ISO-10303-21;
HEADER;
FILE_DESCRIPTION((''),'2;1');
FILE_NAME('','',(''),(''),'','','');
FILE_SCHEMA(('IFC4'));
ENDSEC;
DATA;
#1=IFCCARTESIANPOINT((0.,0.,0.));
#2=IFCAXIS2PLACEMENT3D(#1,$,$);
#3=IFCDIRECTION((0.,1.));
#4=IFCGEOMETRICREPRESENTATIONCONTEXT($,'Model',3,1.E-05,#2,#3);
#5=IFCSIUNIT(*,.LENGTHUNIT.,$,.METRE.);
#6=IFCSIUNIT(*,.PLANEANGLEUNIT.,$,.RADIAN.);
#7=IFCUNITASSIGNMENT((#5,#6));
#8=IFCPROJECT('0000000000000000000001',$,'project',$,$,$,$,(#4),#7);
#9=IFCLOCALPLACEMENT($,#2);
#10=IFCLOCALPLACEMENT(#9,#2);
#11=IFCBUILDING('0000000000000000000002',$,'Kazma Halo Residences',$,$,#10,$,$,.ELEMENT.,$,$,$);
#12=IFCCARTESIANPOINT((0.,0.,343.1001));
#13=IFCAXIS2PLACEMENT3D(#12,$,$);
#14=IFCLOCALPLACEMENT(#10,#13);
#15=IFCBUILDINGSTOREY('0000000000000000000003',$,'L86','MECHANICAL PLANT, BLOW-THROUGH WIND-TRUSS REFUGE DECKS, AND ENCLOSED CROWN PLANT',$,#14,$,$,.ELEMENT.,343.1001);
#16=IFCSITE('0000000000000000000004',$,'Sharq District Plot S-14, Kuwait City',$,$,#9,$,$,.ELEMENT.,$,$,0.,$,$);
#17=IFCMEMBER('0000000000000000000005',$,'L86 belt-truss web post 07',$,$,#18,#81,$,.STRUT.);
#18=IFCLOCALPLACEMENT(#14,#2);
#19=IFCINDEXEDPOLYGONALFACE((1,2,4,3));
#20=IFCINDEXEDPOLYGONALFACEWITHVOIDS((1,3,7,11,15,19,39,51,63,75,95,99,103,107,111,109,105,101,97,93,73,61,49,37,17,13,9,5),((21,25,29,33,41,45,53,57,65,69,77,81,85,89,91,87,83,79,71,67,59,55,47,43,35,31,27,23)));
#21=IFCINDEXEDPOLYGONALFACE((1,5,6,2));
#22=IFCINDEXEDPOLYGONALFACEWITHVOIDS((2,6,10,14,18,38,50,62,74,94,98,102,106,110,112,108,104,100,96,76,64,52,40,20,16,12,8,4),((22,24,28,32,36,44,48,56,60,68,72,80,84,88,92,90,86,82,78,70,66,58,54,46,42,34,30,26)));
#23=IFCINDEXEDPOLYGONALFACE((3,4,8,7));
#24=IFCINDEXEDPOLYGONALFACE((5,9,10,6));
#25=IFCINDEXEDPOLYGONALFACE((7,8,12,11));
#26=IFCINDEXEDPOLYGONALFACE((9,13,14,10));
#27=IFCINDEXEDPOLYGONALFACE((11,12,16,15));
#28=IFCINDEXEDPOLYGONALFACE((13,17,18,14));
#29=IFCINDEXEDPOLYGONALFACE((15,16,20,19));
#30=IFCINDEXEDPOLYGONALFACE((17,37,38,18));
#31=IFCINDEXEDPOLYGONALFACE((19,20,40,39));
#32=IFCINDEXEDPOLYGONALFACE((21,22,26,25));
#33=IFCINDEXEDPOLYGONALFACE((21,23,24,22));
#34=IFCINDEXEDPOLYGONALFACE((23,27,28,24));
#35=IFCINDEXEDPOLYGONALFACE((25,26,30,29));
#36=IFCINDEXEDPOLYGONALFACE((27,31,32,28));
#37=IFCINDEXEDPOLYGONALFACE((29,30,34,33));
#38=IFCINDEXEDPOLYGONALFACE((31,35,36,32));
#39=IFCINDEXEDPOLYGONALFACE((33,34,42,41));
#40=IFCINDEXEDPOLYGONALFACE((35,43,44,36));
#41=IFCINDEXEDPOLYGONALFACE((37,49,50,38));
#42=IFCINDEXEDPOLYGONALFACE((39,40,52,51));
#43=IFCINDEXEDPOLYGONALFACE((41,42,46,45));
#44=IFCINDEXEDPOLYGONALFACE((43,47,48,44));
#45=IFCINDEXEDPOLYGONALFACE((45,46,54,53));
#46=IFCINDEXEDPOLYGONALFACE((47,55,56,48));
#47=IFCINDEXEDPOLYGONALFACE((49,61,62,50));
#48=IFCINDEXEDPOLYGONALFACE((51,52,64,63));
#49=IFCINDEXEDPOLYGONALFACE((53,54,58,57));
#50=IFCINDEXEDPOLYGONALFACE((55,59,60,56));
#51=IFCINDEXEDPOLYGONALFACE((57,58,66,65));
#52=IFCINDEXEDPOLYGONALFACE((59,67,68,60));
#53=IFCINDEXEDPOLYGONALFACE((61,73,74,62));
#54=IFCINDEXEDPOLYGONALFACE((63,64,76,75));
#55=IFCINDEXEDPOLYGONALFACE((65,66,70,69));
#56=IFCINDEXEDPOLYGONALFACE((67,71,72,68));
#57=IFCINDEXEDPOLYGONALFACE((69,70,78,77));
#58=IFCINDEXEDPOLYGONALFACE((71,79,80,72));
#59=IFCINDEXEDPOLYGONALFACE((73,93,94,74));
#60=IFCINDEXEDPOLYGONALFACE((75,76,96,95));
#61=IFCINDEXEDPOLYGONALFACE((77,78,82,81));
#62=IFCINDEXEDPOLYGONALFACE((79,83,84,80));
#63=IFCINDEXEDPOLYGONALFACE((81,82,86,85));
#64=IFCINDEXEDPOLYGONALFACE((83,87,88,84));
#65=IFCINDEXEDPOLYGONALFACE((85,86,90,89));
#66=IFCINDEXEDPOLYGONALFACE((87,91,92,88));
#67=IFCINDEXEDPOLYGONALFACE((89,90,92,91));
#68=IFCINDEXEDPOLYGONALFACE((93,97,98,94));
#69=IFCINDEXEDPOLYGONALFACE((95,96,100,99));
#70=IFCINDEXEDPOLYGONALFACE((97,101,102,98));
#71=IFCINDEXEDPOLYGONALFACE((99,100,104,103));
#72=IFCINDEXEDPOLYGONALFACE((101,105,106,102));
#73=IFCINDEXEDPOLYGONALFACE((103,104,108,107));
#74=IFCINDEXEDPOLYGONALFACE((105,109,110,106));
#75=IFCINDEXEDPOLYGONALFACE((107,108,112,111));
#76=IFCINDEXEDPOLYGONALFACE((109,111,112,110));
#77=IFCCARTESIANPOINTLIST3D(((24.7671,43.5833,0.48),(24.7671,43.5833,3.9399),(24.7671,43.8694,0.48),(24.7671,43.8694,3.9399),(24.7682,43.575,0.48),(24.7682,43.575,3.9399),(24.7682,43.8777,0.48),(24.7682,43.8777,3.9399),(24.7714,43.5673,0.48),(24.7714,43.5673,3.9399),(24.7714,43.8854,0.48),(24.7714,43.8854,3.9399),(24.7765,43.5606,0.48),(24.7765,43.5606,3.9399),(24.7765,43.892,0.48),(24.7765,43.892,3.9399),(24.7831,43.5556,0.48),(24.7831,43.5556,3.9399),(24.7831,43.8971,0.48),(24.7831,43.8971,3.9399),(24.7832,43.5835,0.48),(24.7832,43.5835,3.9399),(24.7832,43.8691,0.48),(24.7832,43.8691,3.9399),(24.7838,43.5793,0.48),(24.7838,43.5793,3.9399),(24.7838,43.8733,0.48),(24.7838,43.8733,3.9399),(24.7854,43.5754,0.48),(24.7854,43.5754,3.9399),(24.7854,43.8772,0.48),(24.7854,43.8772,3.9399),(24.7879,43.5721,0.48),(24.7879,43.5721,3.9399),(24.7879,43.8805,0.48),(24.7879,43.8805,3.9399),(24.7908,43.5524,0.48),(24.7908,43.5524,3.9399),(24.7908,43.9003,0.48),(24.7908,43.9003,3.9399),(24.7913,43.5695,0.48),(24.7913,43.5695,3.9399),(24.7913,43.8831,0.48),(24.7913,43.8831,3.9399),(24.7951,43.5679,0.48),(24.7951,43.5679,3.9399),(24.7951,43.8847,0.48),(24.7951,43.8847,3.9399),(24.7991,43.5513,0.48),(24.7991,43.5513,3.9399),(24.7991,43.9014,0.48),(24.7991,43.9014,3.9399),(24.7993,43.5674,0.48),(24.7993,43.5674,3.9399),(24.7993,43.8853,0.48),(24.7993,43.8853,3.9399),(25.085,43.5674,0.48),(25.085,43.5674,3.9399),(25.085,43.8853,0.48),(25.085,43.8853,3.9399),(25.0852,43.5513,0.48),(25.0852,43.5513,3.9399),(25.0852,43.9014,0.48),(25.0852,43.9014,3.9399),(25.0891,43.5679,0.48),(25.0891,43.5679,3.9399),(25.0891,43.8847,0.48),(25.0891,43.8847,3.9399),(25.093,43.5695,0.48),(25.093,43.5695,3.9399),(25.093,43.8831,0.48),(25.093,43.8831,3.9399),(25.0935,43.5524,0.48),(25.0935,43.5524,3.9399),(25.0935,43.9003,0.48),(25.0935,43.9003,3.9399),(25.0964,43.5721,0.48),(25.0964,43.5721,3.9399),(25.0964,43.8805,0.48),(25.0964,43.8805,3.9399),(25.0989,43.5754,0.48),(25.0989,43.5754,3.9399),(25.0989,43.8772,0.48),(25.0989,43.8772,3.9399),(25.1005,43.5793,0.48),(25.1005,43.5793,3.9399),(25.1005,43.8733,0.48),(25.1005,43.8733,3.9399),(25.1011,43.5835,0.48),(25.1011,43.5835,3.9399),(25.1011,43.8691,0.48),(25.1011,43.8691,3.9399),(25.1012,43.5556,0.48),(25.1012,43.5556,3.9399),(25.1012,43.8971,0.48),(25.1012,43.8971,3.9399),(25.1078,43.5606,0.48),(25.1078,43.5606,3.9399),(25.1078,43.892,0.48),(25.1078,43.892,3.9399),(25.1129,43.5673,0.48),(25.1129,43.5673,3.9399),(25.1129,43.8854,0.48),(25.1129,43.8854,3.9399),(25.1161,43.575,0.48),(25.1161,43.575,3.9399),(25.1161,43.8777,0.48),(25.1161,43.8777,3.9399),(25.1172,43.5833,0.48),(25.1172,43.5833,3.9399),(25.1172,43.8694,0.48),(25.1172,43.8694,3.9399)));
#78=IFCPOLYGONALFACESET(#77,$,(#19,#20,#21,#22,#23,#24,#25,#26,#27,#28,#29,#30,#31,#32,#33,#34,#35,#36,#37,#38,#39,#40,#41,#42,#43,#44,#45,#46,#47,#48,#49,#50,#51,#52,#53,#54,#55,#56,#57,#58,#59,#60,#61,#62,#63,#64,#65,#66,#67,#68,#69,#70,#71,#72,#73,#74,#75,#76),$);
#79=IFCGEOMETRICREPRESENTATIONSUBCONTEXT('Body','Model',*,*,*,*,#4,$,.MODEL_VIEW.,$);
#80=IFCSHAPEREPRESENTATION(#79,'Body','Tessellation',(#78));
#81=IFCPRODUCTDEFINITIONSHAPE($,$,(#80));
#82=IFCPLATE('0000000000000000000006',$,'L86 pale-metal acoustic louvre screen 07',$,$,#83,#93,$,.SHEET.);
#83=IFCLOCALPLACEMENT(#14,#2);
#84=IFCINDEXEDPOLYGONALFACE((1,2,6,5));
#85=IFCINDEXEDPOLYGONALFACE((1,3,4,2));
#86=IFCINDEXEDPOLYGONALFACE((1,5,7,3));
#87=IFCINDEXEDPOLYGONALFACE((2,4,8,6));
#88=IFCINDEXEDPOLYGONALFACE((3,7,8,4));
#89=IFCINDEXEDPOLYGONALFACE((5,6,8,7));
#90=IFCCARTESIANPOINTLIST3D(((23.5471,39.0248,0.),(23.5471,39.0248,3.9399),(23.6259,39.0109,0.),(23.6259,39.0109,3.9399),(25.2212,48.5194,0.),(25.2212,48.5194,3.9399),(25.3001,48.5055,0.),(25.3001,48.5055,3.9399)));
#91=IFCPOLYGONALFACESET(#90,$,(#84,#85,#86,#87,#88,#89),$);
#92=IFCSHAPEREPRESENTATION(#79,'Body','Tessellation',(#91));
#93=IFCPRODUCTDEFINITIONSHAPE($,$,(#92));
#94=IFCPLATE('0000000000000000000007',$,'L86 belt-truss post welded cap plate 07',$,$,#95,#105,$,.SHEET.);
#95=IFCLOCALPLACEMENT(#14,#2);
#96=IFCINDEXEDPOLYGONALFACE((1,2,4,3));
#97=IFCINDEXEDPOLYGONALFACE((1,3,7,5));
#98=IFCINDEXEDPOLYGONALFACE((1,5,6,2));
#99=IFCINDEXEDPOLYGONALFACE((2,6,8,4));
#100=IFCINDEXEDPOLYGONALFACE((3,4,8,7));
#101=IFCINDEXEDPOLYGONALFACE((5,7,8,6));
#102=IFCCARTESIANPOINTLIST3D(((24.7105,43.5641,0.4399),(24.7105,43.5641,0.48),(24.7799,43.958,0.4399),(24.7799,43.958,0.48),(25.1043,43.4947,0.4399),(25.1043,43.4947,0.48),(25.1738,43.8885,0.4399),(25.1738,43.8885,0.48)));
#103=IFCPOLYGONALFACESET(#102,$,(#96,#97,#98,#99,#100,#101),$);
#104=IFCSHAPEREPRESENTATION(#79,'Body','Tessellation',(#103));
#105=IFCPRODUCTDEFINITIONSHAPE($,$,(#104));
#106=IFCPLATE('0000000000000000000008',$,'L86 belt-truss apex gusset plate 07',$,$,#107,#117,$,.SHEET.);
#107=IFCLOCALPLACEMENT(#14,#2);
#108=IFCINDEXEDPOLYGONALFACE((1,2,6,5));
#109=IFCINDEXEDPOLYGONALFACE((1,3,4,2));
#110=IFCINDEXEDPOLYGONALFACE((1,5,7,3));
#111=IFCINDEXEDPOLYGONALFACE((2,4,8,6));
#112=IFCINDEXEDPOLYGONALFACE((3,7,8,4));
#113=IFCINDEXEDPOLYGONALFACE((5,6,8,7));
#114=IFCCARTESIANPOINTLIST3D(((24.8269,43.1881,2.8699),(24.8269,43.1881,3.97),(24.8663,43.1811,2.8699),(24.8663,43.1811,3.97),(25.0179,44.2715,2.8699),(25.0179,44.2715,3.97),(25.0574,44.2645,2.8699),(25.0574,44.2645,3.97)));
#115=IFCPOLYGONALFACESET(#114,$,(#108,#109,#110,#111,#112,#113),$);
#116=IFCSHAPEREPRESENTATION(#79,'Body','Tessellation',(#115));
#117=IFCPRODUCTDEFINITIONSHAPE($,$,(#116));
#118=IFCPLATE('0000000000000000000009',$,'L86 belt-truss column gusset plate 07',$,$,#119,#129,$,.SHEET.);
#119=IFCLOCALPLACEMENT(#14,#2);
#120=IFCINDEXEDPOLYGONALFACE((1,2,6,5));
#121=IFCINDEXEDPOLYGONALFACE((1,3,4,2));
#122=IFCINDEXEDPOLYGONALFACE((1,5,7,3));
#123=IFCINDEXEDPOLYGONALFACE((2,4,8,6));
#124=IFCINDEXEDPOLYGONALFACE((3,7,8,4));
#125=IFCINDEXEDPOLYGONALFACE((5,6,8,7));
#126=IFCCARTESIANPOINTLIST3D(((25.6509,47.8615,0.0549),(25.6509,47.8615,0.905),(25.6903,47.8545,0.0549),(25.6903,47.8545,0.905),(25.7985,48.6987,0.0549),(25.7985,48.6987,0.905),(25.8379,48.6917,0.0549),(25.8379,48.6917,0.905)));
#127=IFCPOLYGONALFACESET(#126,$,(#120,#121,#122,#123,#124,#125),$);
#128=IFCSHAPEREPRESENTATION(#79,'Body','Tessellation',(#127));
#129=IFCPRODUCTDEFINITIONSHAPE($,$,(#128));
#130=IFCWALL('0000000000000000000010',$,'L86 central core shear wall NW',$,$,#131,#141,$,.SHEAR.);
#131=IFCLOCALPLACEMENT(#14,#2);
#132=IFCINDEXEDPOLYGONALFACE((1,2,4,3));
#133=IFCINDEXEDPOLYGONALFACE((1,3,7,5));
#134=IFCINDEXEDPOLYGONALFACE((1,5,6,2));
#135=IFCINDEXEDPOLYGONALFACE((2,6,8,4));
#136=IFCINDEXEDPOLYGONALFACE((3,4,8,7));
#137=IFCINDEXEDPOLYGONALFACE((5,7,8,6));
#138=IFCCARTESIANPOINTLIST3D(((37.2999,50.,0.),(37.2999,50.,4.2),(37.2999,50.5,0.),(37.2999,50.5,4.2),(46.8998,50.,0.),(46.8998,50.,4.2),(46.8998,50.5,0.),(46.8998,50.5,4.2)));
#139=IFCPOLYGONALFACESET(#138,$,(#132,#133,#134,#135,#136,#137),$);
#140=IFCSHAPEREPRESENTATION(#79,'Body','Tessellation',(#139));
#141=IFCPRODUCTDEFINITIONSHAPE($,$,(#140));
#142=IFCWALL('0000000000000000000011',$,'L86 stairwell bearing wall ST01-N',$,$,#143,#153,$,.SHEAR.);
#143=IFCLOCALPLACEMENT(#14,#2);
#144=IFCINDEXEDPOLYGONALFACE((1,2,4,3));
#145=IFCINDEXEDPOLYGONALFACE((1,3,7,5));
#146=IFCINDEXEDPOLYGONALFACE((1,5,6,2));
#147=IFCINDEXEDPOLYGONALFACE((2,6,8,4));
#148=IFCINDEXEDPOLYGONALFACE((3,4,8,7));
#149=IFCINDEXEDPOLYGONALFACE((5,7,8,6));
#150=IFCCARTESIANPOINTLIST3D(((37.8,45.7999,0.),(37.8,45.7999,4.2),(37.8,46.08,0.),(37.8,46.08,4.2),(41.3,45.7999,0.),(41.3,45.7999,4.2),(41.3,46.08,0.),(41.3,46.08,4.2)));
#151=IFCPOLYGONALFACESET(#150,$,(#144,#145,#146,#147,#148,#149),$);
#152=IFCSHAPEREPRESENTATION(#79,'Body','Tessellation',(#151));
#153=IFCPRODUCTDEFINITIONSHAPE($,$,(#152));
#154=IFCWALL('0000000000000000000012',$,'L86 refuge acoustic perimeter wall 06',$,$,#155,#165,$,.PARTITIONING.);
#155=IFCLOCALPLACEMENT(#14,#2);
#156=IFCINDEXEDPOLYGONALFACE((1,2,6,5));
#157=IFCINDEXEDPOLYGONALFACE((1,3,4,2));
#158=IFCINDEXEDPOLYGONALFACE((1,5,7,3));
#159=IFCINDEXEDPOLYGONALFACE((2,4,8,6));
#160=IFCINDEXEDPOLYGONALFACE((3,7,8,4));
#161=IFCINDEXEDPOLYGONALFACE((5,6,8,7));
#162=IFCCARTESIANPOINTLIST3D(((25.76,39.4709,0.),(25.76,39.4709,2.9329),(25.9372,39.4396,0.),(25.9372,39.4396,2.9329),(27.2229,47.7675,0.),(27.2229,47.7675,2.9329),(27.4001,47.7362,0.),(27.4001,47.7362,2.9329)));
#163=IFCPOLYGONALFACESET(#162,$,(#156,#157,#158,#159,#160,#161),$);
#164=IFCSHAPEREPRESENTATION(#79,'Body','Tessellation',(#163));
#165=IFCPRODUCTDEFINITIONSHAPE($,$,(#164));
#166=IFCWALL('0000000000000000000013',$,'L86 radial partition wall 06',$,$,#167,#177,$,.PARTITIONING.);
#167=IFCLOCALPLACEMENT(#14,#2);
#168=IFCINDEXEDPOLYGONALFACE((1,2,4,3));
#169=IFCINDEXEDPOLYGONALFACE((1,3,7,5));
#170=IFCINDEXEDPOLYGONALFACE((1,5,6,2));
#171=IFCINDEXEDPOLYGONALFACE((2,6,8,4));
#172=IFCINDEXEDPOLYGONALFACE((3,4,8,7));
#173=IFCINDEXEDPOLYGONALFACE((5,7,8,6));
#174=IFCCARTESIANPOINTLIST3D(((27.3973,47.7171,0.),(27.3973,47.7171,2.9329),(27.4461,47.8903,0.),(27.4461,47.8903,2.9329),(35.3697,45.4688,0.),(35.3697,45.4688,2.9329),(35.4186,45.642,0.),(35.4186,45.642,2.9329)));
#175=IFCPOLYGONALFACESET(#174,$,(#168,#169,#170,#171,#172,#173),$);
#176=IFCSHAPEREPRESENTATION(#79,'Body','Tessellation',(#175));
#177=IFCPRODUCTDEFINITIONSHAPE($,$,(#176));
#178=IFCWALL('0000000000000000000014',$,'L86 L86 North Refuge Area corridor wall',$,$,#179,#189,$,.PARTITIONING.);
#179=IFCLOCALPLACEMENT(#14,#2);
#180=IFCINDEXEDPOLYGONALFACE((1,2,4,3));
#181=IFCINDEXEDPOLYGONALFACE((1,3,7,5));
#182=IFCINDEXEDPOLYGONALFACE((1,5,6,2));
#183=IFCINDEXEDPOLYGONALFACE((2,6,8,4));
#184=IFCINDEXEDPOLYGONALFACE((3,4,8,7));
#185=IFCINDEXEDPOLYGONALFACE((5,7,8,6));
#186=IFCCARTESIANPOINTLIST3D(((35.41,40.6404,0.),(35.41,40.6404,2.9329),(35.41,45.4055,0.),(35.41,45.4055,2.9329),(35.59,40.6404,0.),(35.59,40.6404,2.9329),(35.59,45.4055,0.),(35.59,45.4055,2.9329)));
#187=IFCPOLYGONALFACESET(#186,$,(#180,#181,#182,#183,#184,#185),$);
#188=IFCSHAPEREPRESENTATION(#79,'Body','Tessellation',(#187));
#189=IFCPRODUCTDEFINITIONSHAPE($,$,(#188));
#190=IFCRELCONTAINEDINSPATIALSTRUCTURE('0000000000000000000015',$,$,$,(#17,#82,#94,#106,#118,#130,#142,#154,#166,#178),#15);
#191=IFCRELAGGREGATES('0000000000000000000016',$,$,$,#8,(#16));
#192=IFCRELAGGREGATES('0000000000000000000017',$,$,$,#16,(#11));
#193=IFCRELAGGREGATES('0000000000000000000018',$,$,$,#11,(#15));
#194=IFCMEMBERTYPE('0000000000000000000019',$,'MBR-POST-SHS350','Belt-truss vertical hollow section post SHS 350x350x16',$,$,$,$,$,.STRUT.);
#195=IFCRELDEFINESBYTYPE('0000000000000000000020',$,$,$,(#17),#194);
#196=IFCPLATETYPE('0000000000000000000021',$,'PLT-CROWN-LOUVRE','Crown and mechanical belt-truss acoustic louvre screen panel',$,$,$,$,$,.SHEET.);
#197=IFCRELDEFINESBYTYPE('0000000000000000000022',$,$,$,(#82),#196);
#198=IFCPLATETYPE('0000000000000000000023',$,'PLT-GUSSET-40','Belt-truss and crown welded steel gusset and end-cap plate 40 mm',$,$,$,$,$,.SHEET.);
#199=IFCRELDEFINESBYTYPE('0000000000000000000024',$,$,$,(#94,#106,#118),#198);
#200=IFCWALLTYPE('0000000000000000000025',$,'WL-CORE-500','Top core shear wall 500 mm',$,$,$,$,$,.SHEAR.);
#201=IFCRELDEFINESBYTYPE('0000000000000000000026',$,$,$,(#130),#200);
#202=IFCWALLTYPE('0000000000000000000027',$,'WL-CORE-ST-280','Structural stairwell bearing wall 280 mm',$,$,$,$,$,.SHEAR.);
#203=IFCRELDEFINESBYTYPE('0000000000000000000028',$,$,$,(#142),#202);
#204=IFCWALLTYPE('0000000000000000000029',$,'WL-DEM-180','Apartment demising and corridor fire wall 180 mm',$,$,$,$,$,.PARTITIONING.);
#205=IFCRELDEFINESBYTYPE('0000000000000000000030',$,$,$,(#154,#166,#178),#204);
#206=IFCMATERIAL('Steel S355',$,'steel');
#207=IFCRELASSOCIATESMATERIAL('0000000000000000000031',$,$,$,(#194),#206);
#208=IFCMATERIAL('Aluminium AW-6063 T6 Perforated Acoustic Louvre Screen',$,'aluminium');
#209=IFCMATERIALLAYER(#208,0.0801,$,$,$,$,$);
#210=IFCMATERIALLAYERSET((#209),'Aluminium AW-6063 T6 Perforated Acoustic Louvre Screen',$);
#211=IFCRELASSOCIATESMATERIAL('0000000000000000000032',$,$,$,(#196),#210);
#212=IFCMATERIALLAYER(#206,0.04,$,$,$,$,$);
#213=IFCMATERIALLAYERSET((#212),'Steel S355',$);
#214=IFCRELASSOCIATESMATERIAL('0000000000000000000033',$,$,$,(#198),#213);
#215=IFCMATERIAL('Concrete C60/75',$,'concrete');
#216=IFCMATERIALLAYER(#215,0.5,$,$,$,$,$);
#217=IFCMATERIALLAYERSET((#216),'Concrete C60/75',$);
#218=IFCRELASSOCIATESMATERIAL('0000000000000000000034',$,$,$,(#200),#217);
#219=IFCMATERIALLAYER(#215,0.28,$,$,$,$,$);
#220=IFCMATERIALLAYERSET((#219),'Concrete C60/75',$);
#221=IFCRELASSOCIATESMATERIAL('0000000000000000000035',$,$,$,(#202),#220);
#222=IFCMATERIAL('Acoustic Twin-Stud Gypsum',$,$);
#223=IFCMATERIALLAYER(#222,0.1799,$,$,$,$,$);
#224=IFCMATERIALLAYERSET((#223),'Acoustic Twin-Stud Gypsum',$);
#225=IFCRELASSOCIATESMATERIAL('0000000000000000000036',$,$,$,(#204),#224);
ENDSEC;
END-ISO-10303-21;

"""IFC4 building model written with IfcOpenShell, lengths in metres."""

from ifc_helpers import new_model, si_unit, direction, frame, frame_2d, origin, origin_2d, place, context, subcontext, project, spatial, rectangle, hollow_rectangle, extrude, material, layer, layer_set, material_profile, profile_set, type_object, element, save


model = new_model("IFC4")

# Units and contexts
model_context = context("Model", 3, precision=1e-05, world=origin(), true_north=direction((0.0, 1.0)))
body_context = subcontext(model_context, "Body", "Model", "MODEL_VIEW")
ifc_project = project(units=[si_unit("LENGTHUNIT", "METRE"), si_unit("PLANEANGLEUNIT", "RADIAN")], contexts=[model_context])

# Site, building, storey
site_placement = place(None, origin())
site = spatial("IfcSite", under=ifc_project, at=site_placement, Name="Sharq District Plot S-14, Kuwait City", CompositionType="ELEMENT", RefElevation=0.0)
building_placement = place(site_placement, origin())
building = spatial("IfcBuilding", under=site, at=building_placement, Name="Kazma Halo Residences", CompositionType="ELEMENT")
storey_placement = place(building_placement, frame((0.0, 0.0, 343.1001)))
storey = spatial("IfcBuildingStorey", under=building, at=storey_placement, Name="L86", Description="MECHANICAL PLANT, BLOW-THROUGH WIND-TRUSS REFUGE DECKS, AND ENCLOSED CROWN PLANT", CompositionType="ELEMENT", Elevation=343.1001)

# Shared definitions
ifc_material_1 = material(Name="Concrete C60/75", Category="concrete")

# Shared definitions
ifc_material_2 = material(Name="Steel S355", Category="steel")

# Member
ifc_material_profile_1 = material_profile(ifc_material_2, hollow_rectangle(XDim=0.3501, YDim=0.3501, WallThickness=0.0161, InnerFilletRadius=0.0161, OuterFilletRadius=0.032, at=origin_2d()), Name="SHS350x350x16")
ifc_profile_set_1 = profile_set([ifc_material_profile_1], Name="Steel S355")
member_type_1 = type_object("IfcMemberType", Name="MBR-POST-SHS350", Description="Belt-truss vertical hollow section post SHS 350x350x16", PredefinedType="STRUT", material=ifc_profile_set_1)
member_1_placement = place(storey_placement, frame((24.9421, 43.7263, 0.48), z_axis=(0.0, 0.0, 1.0), x_axis=(1.0, 0.0, 0.0)))
element("IfcMember", 1, at=member_1_placement, inside=storey, type_object=member_type_1, Name="L86 belt-truss web post 07", PredefinedType="STRUT", context=body_context, shape_type="SweptSolid", body=[
    extrude(hollow_rectangle(XDim=0.3501, YDim=0.3501, WallThickness=0.0161, InnerFilletRadius=0.0161, OuterFilletRadius=0.032, at=origin_2d()), origin(), (0.0, 0.0, 1.0), 3.46),
])

# Plates
ifc_material_3 = material(Name="Aluminium AW-6063 T6 Perforated Acoustic Louvre Screen", Category="aluminium")
ifc_layer_1 = layer(ifc_material_3, 0.0801)
ifc_layer_set_1 = layer_set([ifc_layer_1], Name="Aluminium AW-6063 T6 Perforated Acoustic Louvre Screen")
plate_type_1 = type_object("IfcPlateType", Name="PLT-CROWN-LOUVRE", Description="Crown and mechanical belt-truss acoustic louvre screen panel", PredefinedType="SHEET", material=ifc_layer_set_1)
plate_1_placement = place(storey_placement, frame((24.4236, 43.7651, 0.0), z_axis=(0.0, 0.0, 1.0), x_axis=(-0.173646, -0.984808, 0.0)))
element("IfcPlate", 2, at=plate_1_placement, inside=storey, type_object=plate_type_1, Name="L86 pale-metal acoustic louvre screen 07", PredefinedType="SHEET", context=body_context, shape_type="SweptSolid", body=[
    extrude(rectangle(XDim=9.6411, YDim=0.0801, at=origin_2d()), origin(), (0.0, 0.0, 1.0), 3.9399),
])
ifc_layer_2 = layer(ifc_material_2, 0.04)
ifc_layer_set_2 = layer_set([ifc_layer_2], Name="Steel S355")
plate_type_2 = type_object("IfcPlateType", Name="PLT-GUSSET-40", Description="Belt-truss and crown welded steel gusset and end-cap plate 40 mm", PredefinedType="SHEET", material=ifc_layer_set_2)
plate_2_placement = place(storey_placement, frame((24.9421, 43.7263, 0.4399), z_axis=(0.0, 0.0, 1.0), x_axis=(-0.173646, -0.984808, 0.0)))
element("IfcPlate", 3, at=plate_2_placement, inside=storey, type_object=plate_type_2, Name="L86 belt-truss post welded cap plate 07", PredefinedType="SHEET", context=body_context, shape_type="SweptSolid", body=[
    extrude(rectangle(XDim=0.3999, YDim=0.3999, at=origin_2d()), origin(), (0.0, 0.0, 1.0), 0.04),
])
plate_3_placement = place(storey_placement, frame((24.9421, 43.7263, 2.8699), z_axis=(0.0, 0.0, 1.0), x_axis=(-0.173646, -0.984808, 0.0)))
element("IfcPlate", 4, at=plate_3_placement, inside=storey, type_object=plate_type_2, Name="L86 belt-truss apex gusset plate 07", PredefinedType="SHEET", context=body_context, shape_type="SweptSolid", body=[
    extrude(rectangle(XDim=1.1001, YDim=0.04, at=origin_2d()), origin(), (0.0, 0.0, 1.0), 1.1001),
])
plate_4_placement = place(storey_placement, frame((25.7444, 48.2766, 0.0549), z_axis=(0.0, 0.0, 1.0), x_axis=(-0.173646, -0.984808, 0.0)))
element("IfcPlate", 5, at=plate_4_placement, inside=storey, type_object=plate_type_2, Name="L86 belt-truss column gusset plate 07", PredefinedType="SHEET", context=body_context, shape_type="SweptSolid", body=[
    extrude(rectangle(XDim=0.8501, YDim=0.04, at=origin_2d()), origin(), (0.0, 0.0, 1.0), 0.8501),
])

# Walls
ifc_layer_3 = layer(ifc_material_1, 0.5)
ifc_layer_set_3 = layer_set([ifc_layer_3], Name="Concrete C60/75")
wall_type_1 = type_object("IfcWallType", Name="WL-CORE-500", Description="Top core shear wall 500 mm", PredefinedType="SHEAR", material=ifc_layer_set_3)
wall_1_placement = place(storey_placement, frame((37.3, 50.25, 0.0), z_axis=(0.0, 0.0, 1.0), x_axis=(1.0, 0.0, 0.0)))
element("IfcWall", 6, at=wall_1_placement, inside=storey, type_object=wall_type_1, Name="L86 central core shear wall NW", PredefinedType="SHEAR", context=body_context, shape_type="SweptSolid", body=[
    extrude(rectangle(XDim=9.5999, YDim=0.5, at=frame_2d((4.7998, 0.0))), origin(), (0.0, 0.0, 1.0), 4.2),
])
ifc_layer_4 = layer(ifc_material_1, 0.28)
ifc_layer_set_4 = layer_set([ifc_layer_4], Name="Concrete C60/75")
wall_type_2 = type_object("IfcWallType", Name="WL-CORE-ST-280", Description="Structural stairwell bearing wall 280 mm", PredefinedType="SHEAR", material=ifc_layer_set_4)
wall_2_placement = place(storey_placement, frame((37.8, 45.9399, 0.0), z_axis=(0.0, 0.0, 1.0), x_axis=(1.0, 0.0, 0.0)))
element("IfcWall", 7, at=wall_2_placement, inside=storey, type_object=wall_type_2, Name="L86 stairwell bearing wall ST01-N", PredefinedType="SHEAR", context=body_context, shape_type="SweptSolid", body=[
    extrude(rectangle(XDim=3.5, YDim=0.28, at=frame_2d((1.75, 0.0))), origin(), (0.0, 0.0, 1.0), 4.2),
])
ifc_material_4 = material(Name="Acoustic Twin-Stud Gypsum")
ifc_layer_5 = layer(ifc_material_4, 0.1799)
ifc_layer_set_5 = layer_set([ifc_layer_5], Name="Acoustic Twin-Stud Gypsum")
wall_type_3 = type_object("IfcWallType", Name="WL-DEM-180", Description="Apartment demising and corridor fire wall 180 mm", PredefinedType="PARTITIONING", material=ifc_layer_set_5)
wall_3_placement = place(storey_placement, frame((27.3115, 47.752, 0.0), z_axis=(0.0, 0.0, 1.0), x_axis=(-0.173645, -0.984808, 0.0)))
element("IfcWall", 8, at=wall_3_placement, inside=storey, type_object=wall_type_3, Name="L86 refuge acoustic perimeter wall 06", PredefinedType="PARTITIONING", context=body_context, shape_type="SweptSolid", body=[
    extrude(rectangle(XDim=8.4246, YDim=0.1799, at=frame_2d((4.2124, 0.0))), origin(), (0.0, 0.0, 1.0), 2.9329),
])
wall_4_placement = place(storey_placement, frame((35.394, 45.5554, 0.0), z_axis=(0.0, 0.0, 1.0), x_axis=(-0.96246, 0.271422, 0.0)))
element("IfcWall", 9, at=wall_4_placement, inside=storey, type_object=wall_type_3, Name="L86 radial partition wall 06", PredefinedType="PARTITIONING", context=body_context, shape_type="SweptSolid", body=[
    extrude(rectangle(XDim=8.2834, YDim=0.1799, at=frame_2d((4.1416, 0.0))), origin(), (0.0, 0.0, 1.0), 2.9329),
])
wall_5_placement = place(storey_placement, frame((35.5, 45.4055, 0.0), z_axis=(0.0, 0.0, 1.0), x_axis=(0.0, -1.0, 0.0)))
element("IfcWall", 10, at=wall_5_placement, inside=storey, type_object=wall_type_3, Name="L86 L86 North Refuge Area corridor wall", PredefinedType="PARTITIONING", context=body_context, shape_type="SweptSolid", body=[
    extrude(rectangle(XDim=4.7651, YDim=0.1799, at=frame_2d((2.3826, 0.0))), origin(), (0.0, 0.0, 1.0), 2.9329),
])

save(model, "model.ifc")
